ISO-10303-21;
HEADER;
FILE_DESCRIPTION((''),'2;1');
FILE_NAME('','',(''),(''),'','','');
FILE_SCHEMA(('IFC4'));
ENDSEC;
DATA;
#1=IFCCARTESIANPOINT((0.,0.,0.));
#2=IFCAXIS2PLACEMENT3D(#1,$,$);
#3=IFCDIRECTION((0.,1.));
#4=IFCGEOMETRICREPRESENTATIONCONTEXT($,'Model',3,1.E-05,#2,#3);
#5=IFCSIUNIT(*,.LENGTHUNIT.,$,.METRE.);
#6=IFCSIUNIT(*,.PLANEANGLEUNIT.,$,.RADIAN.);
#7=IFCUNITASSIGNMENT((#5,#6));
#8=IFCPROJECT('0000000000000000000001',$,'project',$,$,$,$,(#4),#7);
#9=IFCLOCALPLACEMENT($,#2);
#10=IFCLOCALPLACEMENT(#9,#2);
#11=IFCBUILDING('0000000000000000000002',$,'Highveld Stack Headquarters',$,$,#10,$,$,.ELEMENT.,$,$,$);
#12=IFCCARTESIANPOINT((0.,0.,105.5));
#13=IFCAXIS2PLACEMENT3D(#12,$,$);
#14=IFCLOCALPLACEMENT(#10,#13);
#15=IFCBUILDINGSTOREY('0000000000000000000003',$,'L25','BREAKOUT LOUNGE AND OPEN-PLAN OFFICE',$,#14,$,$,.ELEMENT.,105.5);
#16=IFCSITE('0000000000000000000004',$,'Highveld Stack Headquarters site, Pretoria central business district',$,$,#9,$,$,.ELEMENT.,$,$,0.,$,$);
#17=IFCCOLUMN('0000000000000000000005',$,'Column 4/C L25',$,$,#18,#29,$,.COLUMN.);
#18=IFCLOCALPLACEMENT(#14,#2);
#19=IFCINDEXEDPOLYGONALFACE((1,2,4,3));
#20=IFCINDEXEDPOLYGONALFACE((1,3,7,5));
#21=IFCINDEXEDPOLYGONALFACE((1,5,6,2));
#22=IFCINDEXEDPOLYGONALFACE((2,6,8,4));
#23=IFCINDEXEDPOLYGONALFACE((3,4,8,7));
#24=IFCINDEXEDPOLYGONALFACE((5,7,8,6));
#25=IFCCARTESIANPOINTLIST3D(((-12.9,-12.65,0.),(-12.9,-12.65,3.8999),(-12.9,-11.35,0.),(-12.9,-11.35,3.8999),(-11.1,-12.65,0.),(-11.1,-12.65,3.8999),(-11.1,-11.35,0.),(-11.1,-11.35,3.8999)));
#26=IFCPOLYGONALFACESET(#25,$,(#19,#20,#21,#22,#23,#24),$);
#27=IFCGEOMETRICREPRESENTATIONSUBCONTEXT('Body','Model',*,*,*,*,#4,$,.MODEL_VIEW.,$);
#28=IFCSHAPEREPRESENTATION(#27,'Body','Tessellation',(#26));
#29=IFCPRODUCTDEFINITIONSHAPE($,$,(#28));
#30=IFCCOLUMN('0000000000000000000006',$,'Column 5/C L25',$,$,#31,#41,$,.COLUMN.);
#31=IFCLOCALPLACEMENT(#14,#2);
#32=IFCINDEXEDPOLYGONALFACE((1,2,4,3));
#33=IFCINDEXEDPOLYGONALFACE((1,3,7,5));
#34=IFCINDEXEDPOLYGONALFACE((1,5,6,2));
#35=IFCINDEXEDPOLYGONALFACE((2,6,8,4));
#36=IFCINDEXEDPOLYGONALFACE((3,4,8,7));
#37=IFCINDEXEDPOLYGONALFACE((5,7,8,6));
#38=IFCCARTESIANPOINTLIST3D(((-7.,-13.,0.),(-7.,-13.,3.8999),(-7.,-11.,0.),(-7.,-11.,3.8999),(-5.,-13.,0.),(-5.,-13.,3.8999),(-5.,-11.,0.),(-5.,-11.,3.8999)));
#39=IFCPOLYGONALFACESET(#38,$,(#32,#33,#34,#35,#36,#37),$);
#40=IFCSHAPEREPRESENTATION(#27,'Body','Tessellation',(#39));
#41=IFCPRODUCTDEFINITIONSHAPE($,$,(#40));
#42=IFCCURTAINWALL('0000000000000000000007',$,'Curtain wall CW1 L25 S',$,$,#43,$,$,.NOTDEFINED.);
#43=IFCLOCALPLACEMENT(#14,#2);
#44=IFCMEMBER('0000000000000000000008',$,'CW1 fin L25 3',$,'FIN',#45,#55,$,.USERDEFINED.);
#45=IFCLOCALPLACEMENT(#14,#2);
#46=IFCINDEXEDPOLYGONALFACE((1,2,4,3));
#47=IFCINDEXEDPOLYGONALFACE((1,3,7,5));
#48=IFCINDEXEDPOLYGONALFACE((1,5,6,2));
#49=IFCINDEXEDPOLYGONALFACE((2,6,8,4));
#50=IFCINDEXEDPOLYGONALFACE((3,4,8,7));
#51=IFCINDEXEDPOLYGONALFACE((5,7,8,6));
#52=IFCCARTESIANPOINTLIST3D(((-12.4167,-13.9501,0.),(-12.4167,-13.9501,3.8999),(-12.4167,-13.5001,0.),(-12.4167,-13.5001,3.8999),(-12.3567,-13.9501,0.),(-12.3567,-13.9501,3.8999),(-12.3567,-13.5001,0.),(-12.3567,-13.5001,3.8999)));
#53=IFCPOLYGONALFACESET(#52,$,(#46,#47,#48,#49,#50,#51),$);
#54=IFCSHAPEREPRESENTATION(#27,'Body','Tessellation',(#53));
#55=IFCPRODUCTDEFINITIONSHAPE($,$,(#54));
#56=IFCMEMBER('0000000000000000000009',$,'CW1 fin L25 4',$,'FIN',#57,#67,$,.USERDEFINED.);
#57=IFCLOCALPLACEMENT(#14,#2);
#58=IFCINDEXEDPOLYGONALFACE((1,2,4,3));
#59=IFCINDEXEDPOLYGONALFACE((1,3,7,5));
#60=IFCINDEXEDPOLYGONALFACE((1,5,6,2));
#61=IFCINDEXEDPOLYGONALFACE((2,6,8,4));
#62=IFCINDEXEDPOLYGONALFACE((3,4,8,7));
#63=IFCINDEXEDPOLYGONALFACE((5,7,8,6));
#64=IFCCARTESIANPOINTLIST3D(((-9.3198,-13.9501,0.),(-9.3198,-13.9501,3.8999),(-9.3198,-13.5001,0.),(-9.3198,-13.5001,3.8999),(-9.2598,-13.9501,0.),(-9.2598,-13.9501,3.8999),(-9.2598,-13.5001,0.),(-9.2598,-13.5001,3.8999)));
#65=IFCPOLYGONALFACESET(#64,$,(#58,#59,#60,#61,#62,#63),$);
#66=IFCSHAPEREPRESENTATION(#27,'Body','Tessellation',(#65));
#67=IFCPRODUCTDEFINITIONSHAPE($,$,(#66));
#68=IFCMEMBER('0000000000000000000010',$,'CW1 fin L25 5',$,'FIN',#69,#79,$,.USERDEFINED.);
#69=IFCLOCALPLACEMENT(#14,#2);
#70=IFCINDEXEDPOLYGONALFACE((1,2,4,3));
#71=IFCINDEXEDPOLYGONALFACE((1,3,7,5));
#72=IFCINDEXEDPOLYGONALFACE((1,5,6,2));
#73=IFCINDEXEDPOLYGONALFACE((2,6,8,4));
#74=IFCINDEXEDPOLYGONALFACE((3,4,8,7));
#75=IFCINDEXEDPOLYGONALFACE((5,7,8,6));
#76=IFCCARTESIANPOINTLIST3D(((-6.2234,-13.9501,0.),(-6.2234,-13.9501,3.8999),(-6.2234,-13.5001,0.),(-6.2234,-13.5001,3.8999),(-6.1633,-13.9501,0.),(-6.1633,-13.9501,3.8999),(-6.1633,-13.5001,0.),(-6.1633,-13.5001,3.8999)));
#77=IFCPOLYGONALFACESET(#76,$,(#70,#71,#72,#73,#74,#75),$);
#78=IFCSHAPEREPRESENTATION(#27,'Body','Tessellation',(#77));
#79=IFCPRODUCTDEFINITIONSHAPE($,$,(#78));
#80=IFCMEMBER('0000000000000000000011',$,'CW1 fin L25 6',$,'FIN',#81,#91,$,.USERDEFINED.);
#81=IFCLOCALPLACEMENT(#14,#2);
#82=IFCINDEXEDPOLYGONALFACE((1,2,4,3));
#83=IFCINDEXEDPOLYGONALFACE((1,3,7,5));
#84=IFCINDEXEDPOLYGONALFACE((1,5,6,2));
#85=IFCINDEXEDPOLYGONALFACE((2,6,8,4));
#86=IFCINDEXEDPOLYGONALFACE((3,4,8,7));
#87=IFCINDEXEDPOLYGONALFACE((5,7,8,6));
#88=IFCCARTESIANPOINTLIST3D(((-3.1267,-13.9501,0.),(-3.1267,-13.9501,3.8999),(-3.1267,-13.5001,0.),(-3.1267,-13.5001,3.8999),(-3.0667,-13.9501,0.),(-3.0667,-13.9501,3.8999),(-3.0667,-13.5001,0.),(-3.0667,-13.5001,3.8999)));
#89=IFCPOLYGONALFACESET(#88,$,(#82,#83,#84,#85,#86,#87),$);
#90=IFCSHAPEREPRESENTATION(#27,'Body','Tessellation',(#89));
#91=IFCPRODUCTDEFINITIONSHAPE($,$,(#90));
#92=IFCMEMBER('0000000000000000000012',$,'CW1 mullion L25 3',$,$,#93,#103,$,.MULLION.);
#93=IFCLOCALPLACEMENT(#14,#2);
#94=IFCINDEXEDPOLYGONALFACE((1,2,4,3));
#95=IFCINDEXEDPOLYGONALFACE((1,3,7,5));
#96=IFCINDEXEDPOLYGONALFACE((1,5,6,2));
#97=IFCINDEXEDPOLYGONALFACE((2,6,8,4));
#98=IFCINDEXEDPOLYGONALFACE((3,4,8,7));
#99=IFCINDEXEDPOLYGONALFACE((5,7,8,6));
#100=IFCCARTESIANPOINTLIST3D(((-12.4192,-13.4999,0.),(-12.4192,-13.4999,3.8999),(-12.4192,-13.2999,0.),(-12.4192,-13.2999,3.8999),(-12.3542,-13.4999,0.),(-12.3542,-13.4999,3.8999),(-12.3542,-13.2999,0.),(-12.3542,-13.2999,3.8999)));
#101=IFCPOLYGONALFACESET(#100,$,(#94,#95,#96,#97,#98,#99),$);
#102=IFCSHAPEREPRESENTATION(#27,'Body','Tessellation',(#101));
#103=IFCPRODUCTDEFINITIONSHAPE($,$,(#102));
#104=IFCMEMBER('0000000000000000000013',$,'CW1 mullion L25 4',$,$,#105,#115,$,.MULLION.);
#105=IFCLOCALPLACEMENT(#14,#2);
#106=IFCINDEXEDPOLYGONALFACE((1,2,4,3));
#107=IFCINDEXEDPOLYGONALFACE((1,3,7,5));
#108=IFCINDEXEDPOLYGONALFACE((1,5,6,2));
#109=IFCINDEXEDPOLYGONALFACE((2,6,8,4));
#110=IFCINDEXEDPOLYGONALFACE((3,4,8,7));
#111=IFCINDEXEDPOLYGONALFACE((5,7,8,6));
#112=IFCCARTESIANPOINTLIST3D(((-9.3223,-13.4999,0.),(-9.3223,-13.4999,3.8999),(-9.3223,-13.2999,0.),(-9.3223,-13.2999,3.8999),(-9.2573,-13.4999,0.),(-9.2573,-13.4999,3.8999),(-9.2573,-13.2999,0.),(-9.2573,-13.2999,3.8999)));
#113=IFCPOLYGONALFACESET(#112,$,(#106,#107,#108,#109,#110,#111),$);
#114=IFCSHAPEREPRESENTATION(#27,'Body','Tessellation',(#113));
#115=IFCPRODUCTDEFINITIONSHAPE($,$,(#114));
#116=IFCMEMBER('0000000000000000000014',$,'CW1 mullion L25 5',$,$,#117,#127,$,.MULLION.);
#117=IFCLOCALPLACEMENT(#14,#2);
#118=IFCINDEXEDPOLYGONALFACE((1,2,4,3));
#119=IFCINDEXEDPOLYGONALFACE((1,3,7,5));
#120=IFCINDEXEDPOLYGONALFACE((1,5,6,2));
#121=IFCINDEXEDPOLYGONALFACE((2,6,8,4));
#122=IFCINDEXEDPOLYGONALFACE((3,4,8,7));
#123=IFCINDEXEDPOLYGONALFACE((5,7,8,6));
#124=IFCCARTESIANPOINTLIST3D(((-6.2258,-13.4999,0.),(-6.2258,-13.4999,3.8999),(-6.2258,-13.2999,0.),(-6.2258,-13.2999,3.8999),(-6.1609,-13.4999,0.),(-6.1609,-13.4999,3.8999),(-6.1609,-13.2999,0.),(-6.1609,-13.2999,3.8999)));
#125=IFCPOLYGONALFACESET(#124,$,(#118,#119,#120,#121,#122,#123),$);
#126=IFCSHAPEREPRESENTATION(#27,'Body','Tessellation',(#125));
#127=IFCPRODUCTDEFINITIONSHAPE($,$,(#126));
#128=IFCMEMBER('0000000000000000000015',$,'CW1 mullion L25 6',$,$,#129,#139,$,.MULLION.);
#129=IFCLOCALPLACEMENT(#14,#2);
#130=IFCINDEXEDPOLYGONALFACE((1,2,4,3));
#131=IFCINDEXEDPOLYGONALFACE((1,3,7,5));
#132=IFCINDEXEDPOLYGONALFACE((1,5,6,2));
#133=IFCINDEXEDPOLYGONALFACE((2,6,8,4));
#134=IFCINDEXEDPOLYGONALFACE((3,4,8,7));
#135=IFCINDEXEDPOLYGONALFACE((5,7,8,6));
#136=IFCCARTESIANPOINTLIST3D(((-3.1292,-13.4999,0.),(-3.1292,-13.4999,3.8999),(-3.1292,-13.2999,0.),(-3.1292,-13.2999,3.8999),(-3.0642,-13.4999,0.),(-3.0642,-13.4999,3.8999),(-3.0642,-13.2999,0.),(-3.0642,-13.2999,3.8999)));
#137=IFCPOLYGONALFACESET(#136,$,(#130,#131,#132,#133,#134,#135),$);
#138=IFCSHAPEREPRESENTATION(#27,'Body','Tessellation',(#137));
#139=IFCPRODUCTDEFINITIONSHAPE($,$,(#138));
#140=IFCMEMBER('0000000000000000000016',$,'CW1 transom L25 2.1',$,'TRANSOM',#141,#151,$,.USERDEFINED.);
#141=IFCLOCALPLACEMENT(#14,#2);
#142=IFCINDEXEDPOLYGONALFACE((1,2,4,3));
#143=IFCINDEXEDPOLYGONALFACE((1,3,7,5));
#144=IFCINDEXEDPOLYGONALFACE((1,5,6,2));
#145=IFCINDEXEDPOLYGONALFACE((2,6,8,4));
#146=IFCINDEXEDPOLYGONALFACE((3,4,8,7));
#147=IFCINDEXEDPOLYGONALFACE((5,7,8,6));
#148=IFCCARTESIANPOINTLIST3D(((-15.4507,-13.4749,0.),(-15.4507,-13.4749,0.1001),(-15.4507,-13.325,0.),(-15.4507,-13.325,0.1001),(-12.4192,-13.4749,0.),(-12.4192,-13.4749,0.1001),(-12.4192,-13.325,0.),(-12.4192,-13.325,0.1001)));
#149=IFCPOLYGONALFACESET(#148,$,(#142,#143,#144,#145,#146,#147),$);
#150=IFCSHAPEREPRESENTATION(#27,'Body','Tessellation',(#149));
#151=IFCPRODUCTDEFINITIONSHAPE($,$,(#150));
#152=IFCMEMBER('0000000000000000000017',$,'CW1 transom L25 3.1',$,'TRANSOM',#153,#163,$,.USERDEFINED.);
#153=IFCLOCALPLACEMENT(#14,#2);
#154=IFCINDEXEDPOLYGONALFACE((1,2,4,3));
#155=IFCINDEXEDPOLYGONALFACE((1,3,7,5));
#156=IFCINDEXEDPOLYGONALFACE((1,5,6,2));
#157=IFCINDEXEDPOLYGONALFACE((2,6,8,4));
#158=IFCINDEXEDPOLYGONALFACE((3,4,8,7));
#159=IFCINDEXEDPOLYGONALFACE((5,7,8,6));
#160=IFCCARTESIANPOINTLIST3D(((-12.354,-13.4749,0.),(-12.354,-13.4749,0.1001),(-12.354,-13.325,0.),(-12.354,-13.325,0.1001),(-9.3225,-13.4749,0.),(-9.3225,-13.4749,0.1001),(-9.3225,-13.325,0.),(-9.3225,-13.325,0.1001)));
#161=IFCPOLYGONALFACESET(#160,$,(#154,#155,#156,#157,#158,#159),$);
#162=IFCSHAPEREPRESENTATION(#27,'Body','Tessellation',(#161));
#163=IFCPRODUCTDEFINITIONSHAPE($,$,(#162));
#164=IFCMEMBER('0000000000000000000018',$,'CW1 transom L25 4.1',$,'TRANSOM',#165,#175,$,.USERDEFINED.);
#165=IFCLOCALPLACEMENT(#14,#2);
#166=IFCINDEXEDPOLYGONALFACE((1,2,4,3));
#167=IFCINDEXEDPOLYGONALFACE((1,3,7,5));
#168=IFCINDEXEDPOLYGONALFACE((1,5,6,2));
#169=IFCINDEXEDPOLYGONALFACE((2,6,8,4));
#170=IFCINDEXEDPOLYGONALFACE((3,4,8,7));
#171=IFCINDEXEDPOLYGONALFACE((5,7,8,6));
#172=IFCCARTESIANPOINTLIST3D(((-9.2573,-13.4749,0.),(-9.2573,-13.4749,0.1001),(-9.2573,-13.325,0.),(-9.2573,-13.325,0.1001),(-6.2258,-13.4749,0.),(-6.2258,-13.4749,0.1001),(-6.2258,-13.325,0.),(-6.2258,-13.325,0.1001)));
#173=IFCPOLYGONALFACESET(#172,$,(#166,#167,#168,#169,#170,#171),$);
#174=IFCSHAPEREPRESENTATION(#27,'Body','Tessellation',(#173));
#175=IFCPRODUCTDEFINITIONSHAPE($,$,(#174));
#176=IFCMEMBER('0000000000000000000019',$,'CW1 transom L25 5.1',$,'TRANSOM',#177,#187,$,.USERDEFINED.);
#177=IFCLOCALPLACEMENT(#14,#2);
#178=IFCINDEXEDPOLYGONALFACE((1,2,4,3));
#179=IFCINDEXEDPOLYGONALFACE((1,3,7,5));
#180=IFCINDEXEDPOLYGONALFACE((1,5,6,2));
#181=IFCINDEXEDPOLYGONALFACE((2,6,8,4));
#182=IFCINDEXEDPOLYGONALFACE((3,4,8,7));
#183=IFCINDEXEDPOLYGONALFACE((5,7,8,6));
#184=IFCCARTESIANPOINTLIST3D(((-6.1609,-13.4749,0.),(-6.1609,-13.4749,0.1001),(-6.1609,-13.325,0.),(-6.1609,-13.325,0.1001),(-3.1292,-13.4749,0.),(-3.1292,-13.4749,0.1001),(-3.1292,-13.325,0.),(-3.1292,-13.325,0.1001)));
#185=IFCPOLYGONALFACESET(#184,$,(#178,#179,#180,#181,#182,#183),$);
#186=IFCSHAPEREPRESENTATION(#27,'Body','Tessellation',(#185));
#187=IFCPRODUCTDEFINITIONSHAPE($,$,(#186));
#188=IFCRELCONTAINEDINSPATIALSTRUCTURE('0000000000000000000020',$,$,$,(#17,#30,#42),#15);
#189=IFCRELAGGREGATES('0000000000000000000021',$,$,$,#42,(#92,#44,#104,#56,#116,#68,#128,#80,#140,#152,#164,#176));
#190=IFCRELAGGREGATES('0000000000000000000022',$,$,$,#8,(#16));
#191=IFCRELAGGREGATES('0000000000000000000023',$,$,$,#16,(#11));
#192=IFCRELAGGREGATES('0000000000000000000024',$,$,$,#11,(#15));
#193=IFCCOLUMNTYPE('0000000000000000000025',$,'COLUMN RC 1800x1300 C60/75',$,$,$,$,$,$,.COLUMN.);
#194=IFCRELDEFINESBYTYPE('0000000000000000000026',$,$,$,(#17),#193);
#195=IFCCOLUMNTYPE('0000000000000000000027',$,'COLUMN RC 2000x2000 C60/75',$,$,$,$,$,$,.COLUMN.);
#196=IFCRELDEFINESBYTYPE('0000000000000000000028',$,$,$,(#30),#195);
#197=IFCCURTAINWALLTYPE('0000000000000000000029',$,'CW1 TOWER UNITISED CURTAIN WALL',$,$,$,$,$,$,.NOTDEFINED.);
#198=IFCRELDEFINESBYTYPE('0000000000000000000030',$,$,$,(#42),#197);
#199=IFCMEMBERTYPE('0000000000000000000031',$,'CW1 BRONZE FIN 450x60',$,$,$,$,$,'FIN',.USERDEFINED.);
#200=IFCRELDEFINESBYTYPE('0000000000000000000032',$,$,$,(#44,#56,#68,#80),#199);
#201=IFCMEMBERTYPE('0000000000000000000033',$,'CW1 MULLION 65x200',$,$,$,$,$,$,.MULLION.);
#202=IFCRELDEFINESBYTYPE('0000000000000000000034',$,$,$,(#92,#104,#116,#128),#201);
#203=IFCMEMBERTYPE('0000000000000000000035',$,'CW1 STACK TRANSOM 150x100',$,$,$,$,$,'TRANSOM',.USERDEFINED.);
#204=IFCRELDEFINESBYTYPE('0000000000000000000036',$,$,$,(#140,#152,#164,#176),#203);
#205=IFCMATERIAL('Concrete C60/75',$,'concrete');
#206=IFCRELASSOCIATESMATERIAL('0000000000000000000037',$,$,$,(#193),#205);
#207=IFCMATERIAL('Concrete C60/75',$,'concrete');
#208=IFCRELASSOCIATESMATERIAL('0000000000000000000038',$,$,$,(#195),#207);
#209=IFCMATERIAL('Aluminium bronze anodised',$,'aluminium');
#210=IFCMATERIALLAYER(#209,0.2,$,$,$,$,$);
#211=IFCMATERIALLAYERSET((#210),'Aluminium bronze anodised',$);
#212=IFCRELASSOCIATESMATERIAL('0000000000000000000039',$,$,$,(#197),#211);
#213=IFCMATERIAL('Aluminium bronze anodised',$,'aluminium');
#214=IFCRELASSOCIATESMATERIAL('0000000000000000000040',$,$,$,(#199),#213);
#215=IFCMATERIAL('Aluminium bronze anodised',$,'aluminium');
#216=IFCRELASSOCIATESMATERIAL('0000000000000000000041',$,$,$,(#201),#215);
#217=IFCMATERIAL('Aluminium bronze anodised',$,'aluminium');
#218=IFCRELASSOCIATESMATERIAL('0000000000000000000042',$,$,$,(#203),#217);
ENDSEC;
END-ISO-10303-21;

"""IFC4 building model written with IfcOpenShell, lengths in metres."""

from ifc_helpers import new_model, si_unit, direction, frame, origin, origin_2d, place, context, subcontext, project, spatial, rectangle, extrude, material, layer, layer_set, material_profile, profile_set, type_object, element, aggregate, save


model = new_model("IFC4")

# Units and contexts
model_context = context("Model", 3, precision=1e-05, world=origin(), true_north=direction((0.0, 1.0)))
body_context = subcontext(model_context, "Body", "Model", "MODEL_VIEW")
ifc_project = project(units=[si_unit("LENGTHUNIT", "METRE"), si_unit("PLANEANGLEUNIT", "RADIAN")], contexts=[model_context])

# Site, building, storey
site_placement = place(None, origin())
site = spatial("IfcSite", under=ifc_project, at=site_placement, Name="Highveld Stack Headquarters site, Pretoria central business district", CompositionType="ELEMENT", RefElevation=0.0)
building_placement = place(site_placement, origin())
building = spatial("IfcBuilding", under=site, at=building_placement, Name="Highveld Stack Headquarters", CompositionType="ELEMENT")
storey_placement = place(building_placement, frame((0.0, 0.0, 105.5)))
storey = spatial("IfcBuildingStorey", under=building, at=storey_placement, Name="L25", Description="BREAKOUT LOUNGE AND OPEN-PLAN OFFICE", CompositionType="ELEMENT", Elevation=105.5)

# Columns
ifc_material_1 = material(Name="Concrete C60/75", Category="concrete")
ifc_material_profile_1 = material_profile(ifc_material_1, rectangle(XDim=1.8, YDim=1.3, at=origin_2d()), Name="RC 1800x1300")
ifc_profile_set_1 = profile_set([ifc_material_profile_1], Name="Concrete C60/75")
column_type_1 = type_object("IfcColumnType", Name="COLUMN RC 1800x1300 C60/75", PredefinedType="COLUMN", material=ifc_profile_set_1)
column_1_placement = place(storey_placement, frame((-12.0, -12.0, 0.0), z_axis=(0.0, 0.0, 1.0), x_axis=(1.0, 0.0, 0.0)))
element("IfcColumn", 1, at=column_1_placement, inside=storey, type_object=column_type_1, Name="Column 4/C L25", PredefinedType="COLUMN", context=body_context, shape_type="SweptSolid", body=[
    extrude(rectangle(XDim=1.8, YDim=1.3, at=origin_2d()), origin(), (0.0, 0.0, 1.0), 3.8999),
])
ifc_material_2 = material(Name="Concrete C60/75", Category="concrete")
ifc_material_profile_2 = material_profile(ifc_material_2, rectangle(XDim=2.0, YDim=2.0, at=origin_2d()), Name="RC 2000x2000")
ifc_profile_set_2 = profile_set([ifc_material_profile_2], Name="Concrete C60/75")
column_type_2 = type_object("IfcColumnType", Name="COLUMN RC 2000x2000 C60/75", PredefinedType="COLUMN", material=ifc_profile_set_2)
column_2_placement = place(storey_placement, frame((-6.0, -12.0, 0.0), z_axis=(0.0, 0.0, 1.0), x_axis=(1.0, 0.0, 0.0)))
element("IfcColumn", 2, at=column_2_placement, inside=storey, type_object=column_type_2, Name="Column 5/C L25", PredefinedType="COLUMN", context=body_context, shape_type="SweptSolid", body=[
    extrude(rectangle(XDim=2.0, YDim=2.0, at=origin_2d()), origin(), (0.0, 0.0, 1.0), 3.8999),
])

# Curtain wall, members
ifc_material_3 = material(Name="Aluminium bronze anodised", Category="aluminium")
ifc_layer_1 = layer(ifc_material_3, 0.2)
ifc_layer_set_1 = layer_set([ifc_layer_1], Name="Aluminium bronze anodised")
curtain_wall_type = type_object("IfcCurtainWallType", Name="CW1 TOWER UNITISED CURTAIN WALL", PredefinedType="NOTDEFINED", material=ifc_layer_set_1)
curtain_wall_placement = place(storey_placement, origin())
curtain_wall = element("IfcCurtainWall", 3, at=curtain_wall_placement, inside=storey, type_object=curtain_wall_type, Name="Curtain wall CW1 L25 S", PredefinedType="NOTDEFINED")
ifc_material_4 = material(Name="Aluminium bronze anodised", Category="aluminium")
ifc_material_profile_3 = material_profile(ifc_material_4, rectangle(XDim=0.45, YDim=0.0601, at=origin_2d()), Name="FIN 450x60")
ifc_profile_set_3 = profile_set([ifc_material_profile_3], Name="Aluminium bronze anodised")
member_type_1 = type_object("IfcMemberType", Name="CW1 BRONZE FIN 450x60", ElementType="FIN", PredefinedType="USERDEFINED", material=ifc_profile_set_3)
member_1_placement = place(storey_placement, frame((-12.3867, -13.7251, 0.0), z_axis=(0.0, 0.0, 1.0), x_axis=(0.0, 1.0, 0.0)))
member_1 = element("IfcMember", 4, at=member_1_placement, type_object=member_type_1, Name="CW1 fin L25 3", ObjectType="FIN", PredefinedType="USERDEFINED", context=body_context, shape_type="SweptSolid", body=[
    extrude(rectangle(XDim=0.45, YDim=0.0601, at=origin_2d()), origin(), (0.0, 0.0, 1.0), 3.8999),
])
member_2_placement = place(storey_placement, frame((-9.2898, -13.7251, 0.0), z_axis=(0.0, 0.0, 1.0), x_axis=(0.0, 1.0, 0.0)))
member_2 = element("IfcMember", 5, at=member_2_placement, type_object=member_type_1, Name="CW1 fin L25 4", ObjectType="FIN", PredefinedType="USERDEFINED", context=body_context, shape_type="SweptSolid", body=[
    extrude(rectangle(XDim=0.45, YDim=0.0601, at=origin_2d()), origin(), (0.0, 0.0, 1.0), 3.8999),
])
member_3_placement = place(storey_placement, frame((-6.1934, -13.7251, 0.0), z_axis=(0.0, 0.0, 1.0), x_axis=(0.0, 1.0, 0.0)))
member_3 = element("IfcMember", 6, at=member_3_placement, type_object=member_type_1, Name="CW1 fin L25 5", ObjectType="FIN", PredefinedType="USERDEFINED", context=body_context, shape_type="SweptSolid", body=[
    extrude(rectangle(XDim=0.45, YDim=0.0601, at=origin_2d()), origin(), (0.0, 0.0, 1.0), 3.8999),
])
member_4_placement = place(storey_placement, frame((-3.0967, -13.7251, 0.0), z_axis=(0.0, 0.0, 1.0), x_axis=(0.0, 1.0, 0.0)))
member_4 = element("IfcMember", 7, at=member_4_placement, type_object=member_type_1, Name="CW1 fin L25 6", ObjectType="FIN", PredefinedType="USERDEFINED", context=body_context, shape_type="SweptSolid", body=[
    extrude(rectangle(XDim=0.45, YDim=0.0601, at=origin_2d()), origin(), (0.0, 0.0, 1.0), 3.8999),
])
ifc_material_5 = material(Name="Aluminium bronze anodised", Category="aluminium")
ifc_material_profile_4 = material_profile(ifc_material_5, rectangle(XDim=0.2, YDim=0.0649, at=origin_2d()), Name="CW1 MULLION 65x200")
ifc_profile_set_4 = profile_set([ifc_material_profile_4], Name="Aluminium bronze anodised")
member_type_2 = type_object("IfcMemberType", Name="CW1 MULLION 65x200", PredefinedType="MULLION", material=ifc_profile_set_4)
member_5_placement = place(storey_placement, frame((-12.3867, -13.3999, 0.0), z_axis=(0.0, 0.0, 1.0), x_axis=(0.0, 1.0, 0.0)))
member_5 = element("IfcMember", 8, at=member_5_placement, type_object=member_type_2, Name="CW1 mullion L25 3", PredefinedType="MULLION", context=body_context, shape_type="SweptSolid", body=[
    extrude(rectangle(XDim=0.2, YDim=0.0649, at=origin_2d()), origin(), (0.0, 0.0, 1.0), 3.8999),
])
member_6_placement = place(storey_placement, frame((-9.2898, -13.3999, 0.0), z_axis=(0.0, 0.0, 1.0), x_axis=(0.0, 1.0, 0.0)))
member_6 = element("IfcMember", 9, at=member_6_placement, type_object=member_type_2, Name="CW1 mullion L25 4", PredefinedType="MULLION", context=body_context, shape_type="SweptSolid", body=[
    extrude(rectangle(XDim=0.2, YDim=0.0649, at=origin_2d()), origin(), (0.0, 0.0, 1.0), 3.8999),
])
member_7_placement = place(storey_placement, frame((-6.1934, -13.3999, 0.0), z_axis=(0.0, 0.0, 1.0), x_axis=(0.0, 1.0, 0.0)))
member_7 = element("IfcMember", 10, at=member_7_placement, type_object=member_type_2, Name="CW1 mullion L25 5", PredefinedType="MULLION", context=body_context, shape_type="SweptSolid", body=[
    extrude(rectangle(XDim=0.2, YDim=0.0649, at=origin_2d()), origin(), (0.0, 0.0, 1.0), 3.8999),
])
member_8_placement = place(storey_placement, frame((-3.0967, -13.3999, 0.0), z_axis=(0.0, 0.0, 1.0), x_axis=(0.0, 1.0, 0.0)))
member_8 = element("IfcMember", 11, at=member_8_placement, type_object=member_type_2, Name="CW1 mullion L25 6", PredefinedType="MULLION", context=body_context, shape_type="SweptSolid", body=[
    extrude(rectangle(XDim=0.2, YDim=0.0649, at=origin_2d()), origin(), (0.0, 0.0, 1.0), 3.8999),
])
ifc_material_6 = material(Name="Aluminium bronze anodised", Category="aluminium")
ifc_material_profile_5 = material_profile(ifc_material_6, rectangle(XDim=0.1499, YDim=0.1001, at=origin_2d()), Name="CW1 TRANSOM 150x100")
ifc_profile_set_5 = profile_set([ifc_material_profile_5], Name="Aluminium bronze anodised")
member_type_3 = type_object("IfcMemberType", Name="CW1 STACK TRANSOM 150x100", ElementType="TRANSOM", PredefinedType="USERDEFINED", material=ifc_profile_set_5)
member_9_placement = place(storey_placement, frame((-15.4507, -13.3999, 0.05), z_axis=(1.0, 0.0, 0.0), x_axis=(0.0, 1.0, 0.0)))
member_9 = element("IfcMember", 12, at=member_9_placement, type_object=member_type_3, Name="CW1 transom L25 2.1", ObjectType="TRANSOM", PredefinedType="USERDEFINED", context=body_context, shape_type="SweptSolid", body=[
    extrude(rectangle(XDim=0.1499, YDim=0.1001, at=origin_2d()), origin(), (0.0, 0.0, 1.0), 3.0315),
])
member_10_placement = place(storey_placement, frame((-12.354, -13.3999, 0.05), z_axis=(1.0, 0.0, 0.0), x_axis=(0.0, 1.0, 0.0)))
member_10 = element("IfcMember", 13, at=member_10_placement, type_object=member_type_3, Name="CW1 transom L25 3.1", ObjectType="TRANSOM", PredefinedType="USERDEFINED", context=body_context, shape_type="SweptSolid", body=[
    extrude(rectangle(XDim=0.1499, YDim=0.1001, at=origin_2d()), origin(), (0.0, 0.0, 1.0), 3.0315),
])
member_11_placement = place(storey_placement, frame((-9.2573, -13.3999, 0.05), z_axis=(1.0, 0.0, 0.0), x_axis=(0.0, 1.0, 0.0)))
member_11 = element("IfcMember", 14, at=member_11_placement, type_object=member_type_3, Name="CW1 transom L25 4.1", ObjectType="TRANSOM", PredefinedType="USERDEFINED", context=body_context, shape_type="SweptSolid", body=[
    extrude(rectangle(XDim=0.1499, YDim=0.1001, at=origin_2d()), origin(), (0.0, 0.0, 1.0), 3.0315),
])
member_12_placement = place(storey_placement, frame((-6.1609, -13.3999, 0.05), z_axis=(1.0, 0.0, 0.0), x_axis=(0.0, 1.0, 0.0)))
member_12 = element("IfcMember", 15, at=member_12_placement, type_object=member_type_3, Name="CW1 transom L25 5.1", ObjectType="TRANSOM", PredefinedType="USERDEFINED", context=body_context, shape_type="SweptSolid", body=[
    extrude(rectangle(XDim=0.1499, YDim=0.1001, at=origin_2d()), origin(), (0.0, 0.0, 1.0), 3.0317),
])
aggregate(curtain_wall, [member_5, member_1, member_6, member_2, member_7, member_3, member_8, member_4, member_9, member_10, member_11, member_12])

save(model, "model.ifc")
